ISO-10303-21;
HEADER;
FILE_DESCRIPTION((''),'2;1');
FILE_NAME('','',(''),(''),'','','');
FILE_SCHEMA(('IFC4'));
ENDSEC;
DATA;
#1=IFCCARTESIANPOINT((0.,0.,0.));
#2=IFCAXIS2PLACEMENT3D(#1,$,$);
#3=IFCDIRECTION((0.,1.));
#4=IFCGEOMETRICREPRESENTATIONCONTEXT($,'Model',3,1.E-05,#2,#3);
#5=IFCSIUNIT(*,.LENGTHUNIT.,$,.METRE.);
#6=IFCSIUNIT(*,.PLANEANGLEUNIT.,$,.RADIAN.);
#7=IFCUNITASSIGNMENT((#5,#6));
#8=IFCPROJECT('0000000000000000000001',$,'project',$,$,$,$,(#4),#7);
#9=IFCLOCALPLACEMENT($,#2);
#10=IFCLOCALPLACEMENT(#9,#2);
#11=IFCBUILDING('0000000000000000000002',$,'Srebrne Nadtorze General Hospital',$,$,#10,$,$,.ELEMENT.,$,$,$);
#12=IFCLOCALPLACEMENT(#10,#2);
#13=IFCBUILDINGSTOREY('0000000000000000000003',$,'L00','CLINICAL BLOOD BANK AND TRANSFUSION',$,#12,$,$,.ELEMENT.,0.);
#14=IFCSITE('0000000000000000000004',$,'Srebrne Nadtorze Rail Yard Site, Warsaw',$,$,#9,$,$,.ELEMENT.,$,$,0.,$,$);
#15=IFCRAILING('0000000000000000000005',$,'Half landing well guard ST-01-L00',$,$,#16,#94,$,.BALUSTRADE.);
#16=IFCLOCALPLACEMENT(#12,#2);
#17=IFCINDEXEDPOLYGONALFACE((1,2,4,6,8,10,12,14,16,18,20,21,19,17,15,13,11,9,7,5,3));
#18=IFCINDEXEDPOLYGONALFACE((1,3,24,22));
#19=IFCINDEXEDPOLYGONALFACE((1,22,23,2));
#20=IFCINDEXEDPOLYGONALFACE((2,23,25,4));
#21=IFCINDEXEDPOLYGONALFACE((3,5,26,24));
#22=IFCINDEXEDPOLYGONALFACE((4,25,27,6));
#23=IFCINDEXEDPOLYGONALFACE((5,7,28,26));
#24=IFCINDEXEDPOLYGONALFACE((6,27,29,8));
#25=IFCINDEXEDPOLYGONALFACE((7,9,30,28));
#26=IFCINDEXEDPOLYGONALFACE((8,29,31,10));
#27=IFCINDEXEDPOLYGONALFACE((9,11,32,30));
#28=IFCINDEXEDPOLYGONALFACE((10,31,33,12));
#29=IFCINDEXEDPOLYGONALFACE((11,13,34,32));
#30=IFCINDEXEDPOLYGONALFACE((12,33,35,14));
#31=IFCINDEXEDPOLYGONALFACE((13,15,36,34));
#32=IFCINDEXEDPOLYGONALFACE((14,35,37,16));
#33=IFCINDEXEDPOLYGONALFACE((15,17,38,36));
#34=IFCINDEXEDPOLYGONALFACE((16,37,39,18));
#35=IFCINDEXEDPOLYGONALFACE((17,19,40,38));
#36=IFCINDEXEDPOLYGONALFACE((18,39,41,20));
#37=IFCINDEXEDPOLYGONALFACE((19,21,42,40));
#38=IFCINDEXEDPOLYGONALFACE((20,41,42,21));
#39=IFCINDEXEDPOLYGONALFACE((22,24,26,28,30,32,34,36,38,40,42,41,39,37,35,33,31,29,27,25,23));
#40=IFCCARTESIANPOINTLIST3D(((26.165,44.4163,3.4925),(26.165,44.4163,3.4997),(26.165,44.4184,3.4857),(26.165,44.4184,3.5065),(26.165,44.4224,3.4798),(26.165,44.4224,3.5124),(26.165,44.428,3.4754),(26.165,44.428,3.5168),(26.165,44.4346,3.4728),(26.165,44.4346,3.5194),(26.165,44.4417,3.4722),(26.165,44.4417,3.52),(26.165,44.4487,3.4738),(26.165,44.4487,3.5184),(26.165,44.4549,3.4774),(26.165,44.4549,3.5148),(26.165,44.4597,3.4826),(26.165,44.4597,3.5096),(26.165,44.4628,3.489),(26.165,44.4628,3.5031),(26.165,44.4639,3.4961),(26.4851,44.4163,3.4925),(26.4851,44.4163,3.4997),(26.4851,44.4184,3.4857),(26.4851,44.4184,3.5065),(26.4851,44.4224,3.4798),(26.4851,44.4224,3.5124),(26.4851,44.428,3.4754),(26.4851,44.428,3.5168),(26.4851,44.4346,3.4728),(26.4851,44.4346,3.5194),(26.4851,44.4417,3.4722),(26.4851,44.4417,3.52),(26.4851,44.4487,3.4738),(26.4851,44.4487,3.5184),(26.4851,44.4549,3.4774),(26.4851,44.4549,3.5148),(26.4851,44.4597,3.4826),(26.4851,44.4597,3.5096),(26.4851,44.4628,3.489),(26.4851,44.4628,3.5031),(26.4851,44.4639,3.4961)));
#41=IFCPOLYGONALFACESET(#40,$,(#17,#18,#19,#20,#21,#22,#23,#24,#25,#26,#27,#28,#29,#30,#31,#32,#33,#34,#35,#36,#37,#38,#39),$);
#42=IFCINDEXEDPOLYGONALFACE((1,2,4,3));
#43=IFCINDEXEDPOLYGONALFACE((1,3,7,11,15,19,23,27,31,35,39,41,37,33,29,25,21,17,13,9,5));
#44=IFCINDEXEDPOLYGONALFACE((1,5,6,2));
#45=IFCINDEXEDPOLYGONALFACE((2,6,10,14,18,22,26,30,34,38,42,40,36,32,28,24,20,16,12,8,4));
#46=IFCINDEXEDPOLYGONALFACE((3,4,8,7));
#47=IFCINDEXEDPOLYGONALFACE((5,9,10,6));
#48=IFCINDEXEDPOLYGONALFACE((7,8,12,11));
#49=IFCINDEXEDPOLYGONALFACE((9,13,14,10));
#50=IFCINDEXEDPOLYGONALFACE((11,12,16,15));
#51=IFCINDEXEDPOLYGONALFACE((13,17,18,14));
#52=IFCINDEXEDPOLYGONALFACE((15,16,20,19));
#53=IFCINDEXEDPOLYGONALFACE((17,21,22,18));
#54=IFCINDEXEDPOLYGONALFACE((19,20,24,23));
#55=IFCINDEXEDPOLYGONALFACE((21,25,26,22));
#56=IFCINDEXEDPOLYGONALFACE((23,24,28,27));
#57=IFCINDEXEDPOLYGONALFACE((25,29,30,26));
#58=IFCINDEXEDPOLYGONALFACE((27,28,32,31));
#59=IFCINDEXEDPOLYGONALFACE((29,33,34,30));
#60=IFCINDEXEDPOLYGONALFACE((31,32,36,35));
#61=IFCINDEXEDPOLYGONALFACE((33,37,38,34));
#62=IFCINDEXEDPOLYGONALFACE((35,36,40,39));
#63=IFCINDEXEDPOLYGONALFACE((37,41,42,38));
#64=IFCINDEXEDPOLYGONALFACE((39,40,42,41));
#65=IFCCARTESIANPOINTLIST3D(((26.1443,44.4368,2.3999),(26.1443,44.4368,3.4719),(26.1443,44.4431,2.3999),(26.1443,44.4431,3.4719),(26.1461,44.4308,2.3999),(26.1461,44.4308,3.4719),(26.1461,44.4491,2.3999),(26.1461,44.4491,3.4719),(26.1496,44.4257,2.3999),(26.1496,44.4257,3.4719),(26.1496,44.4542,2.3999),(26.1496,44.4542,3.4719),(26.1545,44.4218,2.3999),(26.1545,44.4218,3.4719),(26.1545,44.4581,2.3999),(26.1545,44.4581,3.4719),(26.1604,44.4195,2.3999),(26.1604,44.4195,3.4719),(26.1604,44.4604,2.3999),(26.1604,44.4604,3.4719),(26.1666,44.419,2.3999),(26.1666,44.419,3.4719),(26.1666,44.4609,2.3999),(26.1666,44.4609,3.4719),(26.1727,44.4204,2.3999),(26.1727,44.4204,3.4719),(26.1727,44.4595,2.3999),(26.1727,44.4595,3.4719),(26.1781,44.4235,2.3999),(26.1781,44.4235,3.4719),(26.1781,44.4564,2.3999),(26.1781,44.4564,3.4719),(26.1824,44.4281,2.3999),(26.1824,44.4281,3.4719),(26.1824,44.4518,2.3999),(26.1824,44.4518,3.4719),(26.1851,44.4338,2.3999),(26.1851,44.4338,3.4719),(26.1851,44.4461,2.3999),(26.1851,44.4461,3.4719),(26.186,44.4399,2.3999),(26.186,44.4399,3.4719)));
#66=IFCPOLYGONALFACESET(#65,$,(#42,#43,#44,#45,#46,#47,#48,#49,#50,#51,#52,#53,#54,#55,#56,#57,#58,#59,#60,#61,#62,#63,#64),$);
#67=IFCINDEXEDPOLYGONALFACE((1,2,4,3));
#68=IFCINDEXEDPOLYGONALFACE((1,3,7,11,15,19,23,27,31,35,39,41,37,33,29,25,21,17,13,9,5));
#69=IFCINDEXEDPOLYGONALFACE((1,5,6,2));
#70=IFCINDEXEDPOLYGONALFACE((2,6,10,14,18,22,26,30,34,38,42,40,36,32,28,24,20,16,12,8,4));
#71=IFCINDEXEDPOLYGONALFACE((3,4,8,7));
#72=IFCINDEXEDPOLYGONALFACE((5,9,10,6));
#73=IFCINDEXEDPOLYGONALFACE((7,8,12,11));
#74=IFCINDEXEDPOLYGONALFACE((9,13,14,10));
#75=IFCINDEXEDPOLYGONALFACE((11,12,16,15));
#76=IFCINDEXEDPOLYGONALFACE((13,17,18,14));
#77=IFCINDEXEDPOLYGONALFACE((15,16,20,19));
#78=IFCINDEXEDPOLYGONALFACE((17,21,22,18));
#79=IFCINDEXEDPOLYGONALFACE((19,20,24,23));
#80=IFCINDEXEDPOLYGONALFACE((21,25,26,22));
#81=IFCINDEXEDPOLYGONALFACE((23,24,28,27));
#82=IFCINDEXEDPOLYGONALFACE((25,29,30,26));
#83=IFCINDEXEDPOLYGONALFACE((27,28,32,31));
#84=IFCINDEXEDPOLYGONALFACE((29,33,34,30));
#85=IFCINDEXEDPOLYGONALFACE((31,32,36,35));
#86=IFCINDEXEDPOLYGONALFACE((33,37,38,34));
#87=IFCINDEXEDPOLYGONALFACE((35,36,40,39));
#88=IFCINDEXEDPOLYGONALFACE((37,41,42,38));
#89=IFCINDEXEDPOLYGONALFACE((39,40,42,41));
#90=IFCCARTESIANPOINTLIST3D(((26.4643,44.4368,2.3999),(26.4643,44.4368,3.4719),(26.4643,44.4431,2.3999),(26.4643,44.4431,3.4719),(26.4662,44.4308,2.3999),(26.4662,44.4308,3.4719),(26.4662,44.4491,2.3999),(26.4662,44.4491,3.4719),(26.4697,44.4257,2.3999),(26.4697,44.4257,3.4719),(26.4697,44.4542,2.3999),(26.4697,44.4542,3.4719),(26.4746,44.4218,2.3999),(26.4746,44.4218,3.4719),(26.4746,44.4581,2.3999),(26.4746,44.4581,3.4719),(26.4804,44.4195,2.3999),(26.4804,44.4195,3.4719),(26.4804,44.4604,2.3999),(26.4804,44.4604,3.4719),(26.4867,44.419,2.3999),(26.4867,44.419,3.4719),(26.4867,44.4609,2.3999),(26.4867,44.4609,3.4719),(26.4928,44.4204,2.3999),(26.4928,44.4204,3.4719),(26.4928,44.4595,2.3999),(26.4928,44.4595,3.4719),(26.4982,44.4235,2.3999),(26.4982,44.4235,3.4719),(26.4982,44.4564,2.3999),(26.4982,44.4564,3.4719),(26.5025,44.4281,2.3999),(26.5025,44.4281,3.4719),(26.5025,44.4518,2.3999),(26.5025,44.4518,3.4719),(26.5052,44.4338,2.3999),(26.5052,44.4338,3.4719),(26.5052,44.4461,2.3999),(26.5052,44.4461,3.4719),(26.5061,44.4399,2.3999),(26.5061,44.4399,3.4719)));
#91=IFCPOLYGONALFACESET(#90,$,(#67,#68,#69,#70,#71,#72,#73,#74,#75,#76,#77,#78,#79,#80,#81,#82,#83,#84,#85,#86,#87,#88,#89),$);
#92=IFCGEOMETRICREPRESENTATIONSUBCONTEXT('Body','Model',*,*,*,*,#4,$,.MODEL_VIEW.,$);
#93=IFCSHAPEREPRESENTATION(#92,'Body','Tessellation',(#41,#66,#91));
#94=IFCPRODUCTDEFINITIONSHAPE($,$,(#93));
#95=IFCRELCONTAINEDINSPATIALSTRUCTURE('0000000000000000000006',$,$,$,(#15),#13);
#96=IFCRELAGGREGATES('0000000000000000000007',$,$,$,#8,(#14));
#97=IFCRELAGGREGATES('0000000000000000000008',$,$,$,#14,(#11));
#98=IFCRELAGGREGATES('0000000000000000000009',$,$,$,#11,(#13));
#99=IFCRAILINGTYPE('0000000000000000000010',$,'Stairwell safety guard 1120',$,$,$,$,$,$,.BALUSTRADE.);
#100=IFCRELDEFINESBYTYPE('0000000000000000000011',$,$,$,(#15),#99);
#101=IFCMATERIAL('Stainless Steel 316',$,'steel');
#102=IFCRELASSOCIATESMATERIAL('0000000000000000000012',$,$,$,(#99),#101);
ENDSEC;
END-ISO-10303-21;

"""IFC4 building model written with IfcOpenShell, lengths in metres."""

from ifc_helpers import new_model, si_unit, direction, frame, origin, origin_2d, place, context, subcontext, project, spatial, circle, extrude, material, type_object, element, save


model = new_model("IFC4")

# Units and contexts
model_context = context("Model", 3, precision=1e-05, world=origin(), true_north=direction((0.0, 1.0)))
body_context = subcontext(model_context, "Body", "Model", "MODEL_VIEW")
ifc_project = project(units=[si_unit("LENGTHUNIT", "METRE"), si_unit("PLANEANGLEUNIT", "RADIAN")], contexts=[model_context])

# Site, building, storey
site_placement = place(None, origin())
site = spatial("IfcSite", under=ifc_project, at=site_placement, Name="Srebrne Nadtorze Rail Yard Site, Warsaw", CompositionType="ELEMENT", RefElevation=0.0)
building_placement = place(site_placement, origin())
building = spatial("IfcBuilding", under=site, at=building_placement, Name="Srebrne Nadtorze General Hospital", CompositionType="ELEMENT")
storey_placement = place(building_placement, origin())
storey = spatial("IfcBuildingStorey", under=building, at=storey_placement, Name="L00", Description="CLINICAL BLOOD BANK AND TRANSFUSION", CompositionType="ELEMENT", Elevation=0.0)

# Railing
ifc_material_1 = material(Name="Stainless Steel 316", Category="steel")
railing_type_1 = type_object("IfcRailingType", Name="Stairwell safety guard 1120", PredefinedType="BALUSTRADE", material=ifc_material_1)
railing_1_placement = place(storey_placement, frame((26.165, 44.4399, 2.3999)))
element("IfcRailing", 1, at=railing_1_placement, inside=storey, type_object=railing_type_1, Name="Half landing well guard ST-01-L00", PredefinedType="BALUSTRADE", context=body_context, shape_type="SweptSolid", body=[
    extrude(circle(Radius=0.0239, at=origin_2d()), frame((0.0, 0.0, 1.0962), z_axis=(1.0, 0.0, 0.0), x_axis=(0.0, 1.0, 0.0)), (0.0, 0.0, 1.0), 0.3201),
    extrude(circle(Radius=0.021, at=origin_2d()), origin(), (0.0, 0.0, 1.0), 1.072),
    extrude(circle(Radius=0.021, at=origin_2d()), frame((0.3201, 0.0, 0.0)), (0.0, 0.0, 1.0), 1.072),
])

save(model, "model.ifc")
